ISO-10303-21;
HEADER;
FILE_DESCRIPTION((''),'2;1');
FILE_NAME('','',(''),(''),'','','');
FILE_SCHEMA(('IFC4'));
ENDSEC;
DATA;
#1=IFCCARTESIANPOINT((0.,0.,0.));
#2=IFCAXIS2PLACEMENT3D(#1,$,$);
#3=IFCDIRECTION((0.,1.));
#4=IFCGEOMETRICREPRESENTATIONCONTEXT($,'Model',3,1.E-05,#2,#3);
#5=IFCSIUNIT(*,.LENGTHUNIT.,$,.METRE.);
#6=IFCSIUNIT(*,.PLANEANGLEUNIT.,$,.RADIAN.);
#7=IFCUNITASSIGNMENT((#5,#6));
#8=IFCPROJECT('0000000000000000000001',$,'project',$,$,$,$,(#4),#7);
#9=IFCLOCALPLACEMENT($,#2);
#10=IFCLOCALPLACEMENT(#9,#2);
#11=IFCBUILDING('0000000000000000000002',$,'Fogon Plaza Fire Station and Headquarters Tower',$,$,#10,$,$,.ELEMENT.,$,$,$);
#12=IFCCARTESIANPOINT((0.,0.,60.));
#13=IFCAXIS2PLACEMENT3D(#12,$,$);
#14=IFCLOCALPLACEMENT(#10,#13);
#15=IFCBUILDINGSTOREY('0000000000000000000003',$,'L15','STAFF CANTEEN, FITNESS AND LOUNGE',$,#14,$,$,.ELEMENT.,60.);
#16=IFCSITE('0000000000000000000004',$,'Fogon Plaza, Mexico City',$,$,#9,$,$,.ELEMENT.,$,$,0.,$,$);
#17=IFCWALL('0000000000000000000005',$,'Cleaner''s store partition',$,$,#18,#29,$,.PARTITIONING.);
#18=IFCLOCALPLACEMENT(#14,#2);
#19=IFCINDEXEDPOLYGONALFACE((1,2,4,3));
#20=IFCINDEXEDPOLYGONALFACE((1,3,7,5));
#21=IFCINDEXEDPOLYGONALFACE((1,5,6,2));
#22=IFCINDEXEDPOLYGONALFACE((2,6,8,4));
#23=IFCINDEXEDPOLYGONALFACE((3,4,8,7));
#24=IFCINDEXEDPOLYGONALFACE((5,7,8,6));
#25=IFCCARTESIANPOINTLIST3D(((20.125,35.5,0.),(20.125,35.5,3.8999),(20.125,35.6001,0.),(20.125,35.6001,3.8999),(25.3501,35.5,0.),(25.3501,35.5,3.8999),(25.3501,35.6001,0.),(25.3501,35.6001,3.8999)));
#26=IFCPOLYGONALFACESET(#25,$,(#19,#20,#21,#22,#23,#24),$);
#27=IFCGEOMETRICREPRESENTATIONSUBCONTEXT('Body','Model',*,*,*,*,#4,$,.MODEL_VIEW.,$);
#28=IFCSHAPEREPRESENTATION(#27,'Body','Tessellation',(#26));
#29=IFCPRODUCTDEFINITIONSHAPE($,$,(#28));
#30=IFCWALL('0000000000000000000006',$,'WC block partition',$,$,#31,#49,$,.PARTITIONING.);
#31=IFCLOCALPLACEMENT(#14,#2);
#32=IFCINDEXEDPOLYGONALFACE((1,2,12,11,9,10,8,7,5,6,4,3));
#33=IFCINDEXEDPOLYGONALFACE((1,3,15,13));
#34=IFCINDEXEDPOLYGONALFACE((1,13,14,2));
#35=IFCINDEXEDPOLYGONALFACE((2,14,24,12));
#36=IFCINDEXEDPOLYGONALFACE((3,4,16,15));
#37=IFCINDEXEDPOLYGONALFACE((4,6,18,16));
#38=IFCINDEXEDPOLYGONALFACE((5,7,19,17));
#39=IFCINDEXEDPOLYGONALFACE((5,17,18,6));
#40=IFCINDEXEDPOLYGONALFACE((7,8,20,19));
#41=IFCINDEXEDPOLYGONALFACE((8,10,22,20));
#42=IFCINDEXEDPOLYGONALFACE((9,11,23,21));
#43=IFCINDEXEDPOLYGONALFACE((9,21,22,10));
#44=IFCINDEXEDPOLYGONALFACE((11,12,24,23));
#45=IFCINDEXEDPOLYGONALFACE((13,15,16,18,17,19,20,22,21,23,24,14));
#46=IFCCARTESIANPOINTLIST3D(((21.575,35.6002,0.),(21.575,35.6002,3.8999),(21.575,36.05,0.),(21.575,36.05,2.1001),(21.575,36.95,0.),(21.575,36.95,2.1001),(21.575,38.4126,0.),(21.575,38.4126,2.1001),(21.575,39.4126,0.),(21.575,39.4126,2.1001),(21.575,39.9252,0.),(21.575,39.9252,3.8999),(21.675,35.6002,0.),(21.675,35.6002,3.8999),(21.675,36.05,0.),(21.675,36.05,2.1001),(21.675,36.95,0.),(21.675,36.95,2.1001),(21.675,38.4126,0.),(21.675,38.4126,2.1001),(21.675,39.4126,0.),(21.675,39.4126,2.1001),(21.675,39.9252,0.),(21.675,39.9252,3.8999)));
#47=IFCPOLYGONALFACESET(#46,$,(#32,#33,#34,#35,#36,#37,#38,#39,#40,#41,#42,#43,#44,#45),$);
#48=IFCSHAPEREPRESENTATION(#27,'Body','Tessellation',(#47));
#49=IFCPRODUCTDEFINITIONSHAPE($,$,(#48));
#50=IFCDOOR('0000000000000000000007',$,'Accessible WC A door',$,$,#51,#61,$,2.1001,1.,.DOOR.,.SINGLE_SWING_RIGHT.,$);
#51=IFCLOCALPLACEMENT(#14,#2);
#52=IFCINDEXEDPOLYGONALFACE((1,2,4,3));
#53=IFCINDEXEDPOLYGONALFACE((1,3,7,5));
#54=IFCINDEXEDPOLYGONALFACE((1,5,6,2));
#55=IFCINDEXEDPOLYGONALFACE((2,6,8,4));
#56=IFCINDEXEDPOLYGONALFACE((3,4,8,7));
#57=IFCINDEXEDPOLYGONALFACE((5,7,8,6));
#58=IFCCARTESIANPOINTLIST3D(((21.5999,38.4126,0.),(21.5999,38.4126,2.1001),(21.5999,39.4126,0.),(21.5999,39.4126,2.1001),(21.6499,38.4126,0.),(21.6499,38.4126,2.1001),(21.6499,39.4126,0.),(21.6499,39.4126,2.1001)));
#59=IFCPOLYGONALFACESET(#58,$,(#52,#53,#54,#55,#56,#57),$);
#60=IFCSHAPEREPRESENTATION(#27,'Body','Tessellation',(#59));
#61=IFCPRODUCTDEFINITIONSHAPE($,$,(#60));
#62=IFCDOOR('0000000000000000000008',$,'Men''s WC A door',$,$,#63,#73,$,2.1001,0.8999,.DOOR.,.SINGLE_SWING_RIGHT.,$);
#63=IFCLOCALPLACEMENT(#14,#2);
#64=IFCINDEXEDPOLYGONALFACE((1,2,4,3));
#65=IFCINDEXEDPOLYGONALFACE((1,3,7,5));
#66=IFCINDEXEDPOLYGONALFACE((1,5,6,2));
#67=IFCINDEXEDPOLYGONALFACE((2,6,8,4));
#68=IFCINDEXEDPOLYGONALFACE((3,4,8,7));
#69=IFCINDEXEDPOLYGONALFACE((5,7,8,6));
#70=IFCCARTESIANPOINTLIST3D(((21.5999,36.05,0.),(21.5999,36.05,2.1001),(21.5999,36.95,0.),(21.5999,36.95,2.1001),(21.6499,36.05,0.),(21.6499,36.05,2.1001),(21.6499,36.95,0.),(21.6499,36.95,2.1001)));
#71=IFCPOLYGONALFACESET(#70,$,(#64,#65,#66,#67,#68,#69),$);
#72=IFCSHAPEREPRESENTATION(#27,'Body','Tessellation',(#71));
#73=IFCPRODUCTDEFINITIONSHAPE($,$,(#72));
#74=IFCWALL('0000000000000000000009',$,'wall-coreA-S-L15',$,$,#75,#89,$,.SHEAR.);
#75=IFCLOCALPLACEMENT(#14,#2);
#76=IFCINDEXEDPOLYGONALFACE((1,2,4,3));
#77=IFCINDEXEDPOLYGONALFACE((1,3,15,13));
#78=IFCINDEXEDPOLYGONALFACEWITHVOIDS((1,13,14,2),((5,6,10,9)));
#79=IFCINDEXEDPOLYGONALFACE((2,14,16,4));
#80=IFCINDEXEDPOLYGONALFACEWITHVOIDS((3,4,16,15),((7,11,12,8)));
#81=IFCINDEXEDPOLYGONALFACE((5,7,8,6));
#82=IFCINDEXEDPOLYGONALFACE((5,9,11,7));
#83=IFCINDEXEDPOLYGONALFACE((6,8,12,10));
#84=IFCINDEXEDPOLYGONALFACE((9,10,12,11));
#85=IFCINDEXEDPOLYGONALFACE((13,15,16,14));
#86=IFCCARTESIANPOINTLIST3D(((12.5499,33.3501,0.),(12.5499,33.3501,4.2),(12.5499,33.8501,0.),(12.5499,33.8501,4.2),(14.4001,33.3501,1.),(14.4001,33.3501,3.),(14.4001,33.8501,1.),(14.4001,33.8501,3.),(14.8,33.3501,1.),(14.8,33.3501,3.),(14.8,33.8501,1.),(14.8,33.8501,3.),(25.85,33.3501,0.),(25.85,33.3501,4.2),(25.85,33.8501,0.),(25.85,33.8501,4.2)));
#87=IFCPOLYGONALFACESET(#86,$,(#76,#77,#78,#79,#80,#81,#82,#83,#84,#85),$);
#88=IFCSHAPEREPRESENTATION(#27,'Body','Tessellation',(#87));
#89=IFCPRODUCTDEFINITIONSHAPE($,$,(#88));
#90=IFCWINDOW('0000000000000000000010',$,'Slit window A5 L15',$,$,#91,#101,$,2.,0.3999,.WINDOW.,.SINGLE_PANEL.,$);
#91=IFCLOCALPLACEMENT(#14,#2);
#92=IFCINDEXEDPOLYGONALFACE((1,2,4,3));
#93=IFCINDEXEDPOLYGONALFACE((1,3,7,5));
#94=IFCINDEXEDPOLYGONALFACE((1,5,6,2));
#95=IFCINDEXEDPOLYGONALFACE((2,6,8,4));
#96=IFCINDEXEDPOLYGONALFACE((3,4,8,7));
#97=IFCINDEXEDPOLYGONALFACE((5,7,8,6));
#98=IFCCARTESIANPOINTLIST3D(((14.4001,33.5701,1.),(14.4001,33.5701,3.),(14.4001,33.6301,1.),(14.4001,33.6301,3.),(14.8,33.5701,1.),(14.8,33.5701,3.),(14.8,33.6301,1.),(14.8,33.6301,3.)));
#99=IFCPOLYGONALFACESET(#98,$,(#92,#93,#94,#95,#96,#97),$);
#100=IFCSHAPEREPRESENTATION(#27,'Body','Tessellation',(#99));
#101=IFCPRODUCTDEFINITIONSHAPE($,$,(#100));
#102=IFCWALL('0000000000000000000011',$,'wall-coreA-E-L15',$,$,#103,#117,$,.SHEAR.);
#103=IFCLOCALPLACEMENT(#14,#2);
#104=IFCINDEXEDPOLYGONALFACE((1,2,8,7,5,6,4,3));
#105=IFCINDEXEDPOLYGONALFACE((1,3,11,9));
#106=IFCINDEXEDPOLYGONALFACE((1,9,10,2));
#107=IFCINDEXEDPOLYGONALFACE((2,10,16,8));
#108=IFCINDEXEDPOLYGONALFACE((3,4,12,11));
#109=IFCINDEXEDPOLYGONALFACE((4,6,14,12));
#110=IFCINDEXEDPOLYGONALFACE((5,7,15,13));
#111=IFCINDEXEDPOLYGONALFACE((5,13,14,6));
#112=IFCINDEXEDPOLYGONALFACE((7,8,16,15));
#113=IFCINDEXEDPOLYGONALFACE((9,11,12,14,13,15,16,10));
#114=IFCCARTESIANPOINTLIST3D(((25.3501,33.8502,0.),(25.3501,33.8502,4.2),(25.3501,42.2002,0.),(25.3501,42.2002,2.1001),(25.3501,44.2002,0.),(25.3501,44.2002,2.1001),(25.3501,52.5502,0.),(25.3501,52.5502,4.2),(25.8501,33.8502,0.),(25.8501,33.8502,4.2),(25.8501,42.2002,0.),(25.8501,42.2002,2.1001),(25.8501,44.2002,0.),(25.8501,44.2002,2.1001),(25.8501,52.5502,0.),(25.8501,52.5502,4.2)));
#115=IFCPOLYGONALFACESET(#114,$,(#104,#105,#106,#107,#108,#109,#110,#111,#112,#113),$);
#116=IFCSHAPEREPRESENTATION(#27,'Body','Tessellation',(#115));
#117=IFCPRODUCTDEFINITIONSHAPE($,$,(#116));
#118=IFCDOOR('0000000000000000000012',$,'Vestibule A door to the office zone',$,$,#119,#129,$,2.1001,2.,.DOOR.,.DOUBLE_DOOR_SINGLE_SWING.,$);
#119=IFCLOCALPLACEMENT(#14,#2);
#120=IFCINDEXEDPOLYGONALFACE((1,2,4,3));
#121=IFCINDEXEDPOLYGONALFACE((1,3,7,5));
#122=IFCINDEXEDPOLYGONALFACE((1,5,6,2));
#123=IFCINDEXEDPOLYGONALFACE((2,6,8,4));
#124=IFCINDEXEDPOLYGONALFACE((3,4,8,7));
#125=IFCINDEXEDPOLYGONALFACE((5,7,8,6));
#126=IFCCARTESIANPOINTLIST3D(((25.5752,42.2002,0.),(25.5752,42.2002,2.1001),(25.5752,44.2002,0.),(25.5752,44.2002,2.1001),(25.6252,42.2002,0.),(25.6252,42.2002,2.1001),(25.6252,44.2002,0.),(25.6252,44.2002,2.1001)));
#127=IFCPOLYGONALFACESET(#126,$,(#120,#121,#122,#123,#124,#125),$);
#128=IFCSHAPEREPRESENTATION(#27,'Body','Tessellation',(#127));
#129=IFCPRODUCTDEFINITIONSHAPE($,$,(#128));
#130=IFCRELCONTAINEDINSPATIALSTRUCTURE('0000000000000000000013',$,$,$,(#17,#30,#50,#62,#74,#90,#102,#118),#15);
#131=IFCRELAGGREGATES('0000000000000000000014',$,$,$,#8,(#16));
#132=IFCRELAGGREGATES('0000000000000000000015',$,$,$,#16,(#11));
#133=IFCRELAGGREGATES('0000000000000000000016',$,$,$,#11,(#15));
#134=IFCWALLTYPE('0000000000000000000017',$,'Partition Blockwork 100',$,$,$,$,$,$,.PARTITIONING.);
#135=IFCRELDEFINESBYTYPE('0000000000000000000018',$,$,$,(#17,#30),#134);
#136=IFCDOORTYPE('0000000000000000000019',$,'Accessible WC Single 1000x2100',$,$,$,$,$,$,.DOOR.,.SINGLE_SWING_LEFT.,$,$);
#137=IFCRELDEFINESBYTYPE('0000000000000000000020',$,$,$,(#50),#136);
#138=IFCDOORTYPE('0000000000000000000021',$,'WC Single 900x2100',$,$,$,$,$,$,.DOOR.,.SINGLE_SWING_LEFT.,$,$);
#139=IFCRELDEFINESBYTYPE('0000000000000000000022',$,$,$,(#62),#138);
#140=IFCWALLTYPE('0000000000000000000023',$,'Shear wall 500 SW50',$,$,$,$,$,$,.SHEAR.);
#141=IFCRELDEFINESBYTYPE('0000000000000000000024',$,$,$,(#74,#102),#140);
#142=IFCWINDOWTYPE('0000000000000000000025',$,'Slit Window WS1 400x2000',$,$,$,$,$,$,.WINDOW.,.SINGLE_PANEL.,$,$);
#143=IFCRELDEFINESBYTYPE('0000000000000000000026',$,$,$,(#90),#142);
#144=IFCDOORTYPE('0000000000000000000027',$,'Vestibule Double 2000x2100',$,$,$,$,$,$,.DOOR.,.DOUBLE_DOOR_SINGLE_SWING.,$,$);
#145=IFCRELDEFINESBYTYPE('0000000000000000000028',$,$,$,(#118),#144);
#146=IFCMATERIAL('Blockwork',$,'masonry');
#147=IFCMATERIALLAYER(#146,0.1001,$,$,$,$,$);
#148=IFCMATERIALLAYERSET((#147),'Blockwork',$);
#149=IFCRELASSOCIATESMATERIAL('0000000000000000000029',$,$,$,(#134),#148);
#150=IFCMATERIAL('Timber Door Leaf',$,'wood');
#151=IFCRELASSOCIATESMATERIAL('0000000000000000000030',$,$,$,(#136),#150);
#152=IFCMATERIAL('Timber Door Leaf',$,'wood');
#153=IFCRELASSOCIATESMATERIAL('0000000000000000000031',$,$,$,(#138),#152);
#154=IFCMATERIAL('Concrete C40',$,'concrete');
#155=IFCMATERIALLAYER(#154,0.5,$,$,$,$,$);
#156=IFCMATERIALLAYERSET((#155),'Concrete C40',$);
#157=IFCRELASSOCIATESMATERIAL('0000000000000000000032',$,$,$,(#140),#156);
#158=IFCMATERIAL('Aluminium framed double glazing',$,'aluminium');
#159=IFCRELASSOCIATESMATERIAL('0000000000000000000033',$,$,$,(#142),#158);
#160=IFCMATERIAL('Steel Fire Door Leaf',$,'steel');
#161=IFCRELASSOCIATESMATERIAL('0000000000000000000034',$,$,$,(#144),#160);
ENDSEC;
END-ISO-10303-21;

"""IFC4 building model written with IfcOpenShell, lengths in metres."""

from ifc_helpers import new_model, si_unit, direction, frame, frame_2d, origin, place, context, subcontext, project, spatial, rectangle, extrude, material, layer, layer_set, type_object, element, fill, save


model = new_model("IFC4")

# Units and contexts
model_context = context("Model", 3, precision=1e-05, world=origin(), true_north=direction((0.0, 1.0)))
body_context = subcontext(model_context, "Body", "Model", "MODEL_VIEW")
ifc_project = project(units=[si_unit("LENGTHUNIT", "METRE"), si_unit("PLANEANGLEUNIT", "RADIAN")], contexts=[model_context])

# Site, building, storey
site_placement = place(None, origin())
site = spatial("IfcSite", under=ifc_project, at=site_placement, Name="Fogon Plaza, Mexico City", CompositionType="ELEMENT", RefElevation=0.0)
building_placement = place(site_placement, origin())
building = spatial("IfcBuilding", under=site, at=building_placement, Name="Fogon Plaza Fire Station and Headquarters Tower", CompositionType="ELEMENT")
storey_placement = place(building_placement, frame((0.0, 0.0, 60.0)))
storey = spatial("IfcBuildingStorey", under=building, at=storey_placement, Name="L15", Description="STAFF CANTEEN, FITNESS AND LOUNGE", CompositionType="ELEMENT", Elevation=60.0)

# Wall
ifc_material_1 = material(Name="Blockwork", Category="masonry")
ifc_layer_1 = layer(ifc_material_1, 0.1001)
ifc_layer_set_1 = layer_set([ifc_layer_1], Name="Blockwork")
wall_type_1 = type_object("IfcWallType", Name="Partition Blockwork 100", PredefinedType="PARTITIONING", material=ifc_layer_set_1)
wall_1_placement = place(storey_placement, frame((20.125, 35.55, 0.0), z_axis=(0.0, 0.0, 1.0), x_axis=(1.0, 0.0, 0.0)))
element("IfcWall", 1, at=wall_1_placement, inside=storey, type_object=wall_type_1, Name="Cleaner's store partition", PredefinedType="PARTITIONING", context=body_context, shape_type="SweptSolid", body=[
    extrude(rectangle(XDim=5.2251, YDim=0.1001, at=frame_2d((2.6125, 0.0))), origin(), (0.0, 0.0, 1.0), 3.8999),
])

# Wall, openings, doors
wall_2_placement = place(storey_placement, frame((21.625, 35.6001, 0.0), z_axis=(0.0, 0.0, 1.0), x_axis=(0.0, 1.0, 0.0)))
wall_2 = element("IfcWall", 2, at=wall_2_placement, inside=storey, type_object=wall_type_1, Name="WC block partition", PredefinedType="PARTITIONING", context=body_context, shape_type="SweptSolid", body=[
    extrude(rectangle(XDim=4.325, YDim=0.1001, at=frame_2d((2.1626, 0.0))), origin(), (0.0, 0.0, 1.0), 3.8999),
])
opening_1_placement = place(wall_2_placement, frame((0.45, 0.0, 0.0)))
opening_1 = element("IfcOpeningElement", 3, at=opening_1_placement, cuts=wall_2, PredefinedType="OPENING", context=body_context, shape_type="SweptSolid", body=[
    extrude(rectangle(XDim=0.8999, YDim=2.1001, at=frame_2d((0.45, 1.05))), frame((0.0, 0.0601, 0.0), z_axis=(0.0, -1.0, 0.0), x_axis=(1.0, 0.0, 0.0)), (0.0, 0.0, 1.0), 0.1201),
])
opening_2_placement = place(wall_2_placement, frame((2.8125, 0.0, 0.0)))
opening_2 = element("IfcOpeningElement", 4, at=opening_2_placement, cuts=wall_2, PredefinedType="OPENING", context=body_context, shape_type="SweptSolid", body=[
    extrude(rectangle(XDim=1.0, YDim=2.1001, at=frame_2d((0.5, 1.05))), frame((0.0, 0.0601, 0.0), z_axis=(0.0, -1.0, 0.0), x_axis=(1.0, 0.0, 0.0)), (0.0, 0.0, 1.0), 0.1201),
])
ifc_material_2 = material(Name="Timber Door Leaf", Category="wood")
door_type_1 = type_object("IfcDoorType", Name="Accessible WC Single 1000x2100", OperationType="SINGLE_SWING_LEFT", PredefinedType="DOOR", material=ifc_material_2)
door_1_placement = place(opening_2_placement, frame((1.0, 0.0, 0.0), z_axis=(0.0, 0.0, 1.0), x_axis=(-1.0, 0.0, 0.0)))
door_1 = element("IfcDoor", 5, at=door_1_placement, inside=storey, type_object=door_type_1, Name="Accessible WC A door", OperationType="SINGLE_SWING_RIGHT", OverallHeight=2.1001, OverallWidth=1.0, PredefinedType="DOOR", context=body_context, shape_type="SweptSolid", body=[
    extrude(rectangle(XDim=1.0, YDim=2.1001, at=frame_2d((0.5, 1.05))), frame((0.0, 0.0249, 0.0), z_axis=(0.0, -1.0, 0.0), x_axis=(1.0, 0.0, 0.0)), (0.0, 0.0, 1.0), 0.05),
])
fill(opening_2, door_1)
ifc_material_3 = material(Name="Timber Door Leaf", Category="wood")
door_type_2 = type_object("IfcDoorType", Name="WC Single 900x2100", OperationType="SINGLE_SWING_LEFT", PredefinedType="DOOR", material=ifc_material_3)
door_2_placement = place(opening_1_placement, frame((0.8999, 0.0, 0.0), z_axis=(0.0, 0.0, 1.0), x_axis=(-1.0, 0.0, 0.0)))
door_2 = element("IfcDoor", 6, at=door_2_placement, inside=storey, type_object=door_type_2, Name="Men's WC A door", OperationType="SINGLE_SWING_RIGHT", OverallHeight=2.1001, OverallWidth=0.8999, PredefinedType="DOOR", context=body_context, shape_type="SweptSolid", body=[
    extrude(rectangle(XDim=0.8999, YDim=2.1001, at=frame_2d((0.45, 1.05))), frame((0.0, 0.0249, 0.0), z_axis=(0.0, -1.0, 0.0), x_axis=(1.0, 0.0, 0.0)), (0.0, 0.0, 1.0), 0.05),
])
fill(opening_1, door_2)

# Wall, opening, window
ifc_material_4 = material(Name="Concrete C40", Category="concrete")
ifc_layer_2 = layer(ifc_material_4, 0.5)
ifc_layer_set_2 = layer_set([ifc_layer_2], Name="Concrete C40")
wall_type_2 = type_object("IfcWallType", Name="Shear wall 500 SW50", PredefinedType="SHEAR", material=ifc_layer_set_2)
wall_3_placement = place(storey_placement, frame((12.55, 33.6001, 0.0), z_axis=(0.0, 0.0, 1.0), x_axis=(1.0, 0.0, 0.0)))
wall_3 = element("IfcWall", 7, at=wall_3_placement, inside=storey, type_object=wall_type_2, Name="wall-coreA-S-L15", PredefinedType="SHEAR", context=body_context, shape_type="SweptSolid", body=[
    extrude(rectangle(XDim=13.3, YDim=0.5, at=frame_2d((6.6499, 0.0))), origin(), (0.0, 0.0, 1.0), 4.2),
])
opening_3_placement = place(wall_3_placement, frame((1.8501, 0.0, 1.0)))
opening_3 = element("IfcOpeningElement", 8, at=opening_3_placement, cuts=wall_3, PredefinedType="OPENING", context=body_context, shape_type="SweptSolid", body=[
    extrude(rectangle(XDim=0.3999, YDim=2.0, at=frame_2d((0.2, 1.0))), frame((0.0, 0.26, 0.0), z_axis=(0.0, -1.0, 0.0), x_axis=(1.0, 0.0, 0.0)), (0.0, 0.0, 1.0), 0.52),
])
ifc_material_5 = material(Name="Aluminium framed double glazing", Category="aluminium")
window_type = type_object("IfcWindowType", Name="Slit Window WS1 400x2000", PartitioningType="SINGLE_PANEL", PredefinedType="WINDOW", material=ifc_material_5)
window_1_placement = place(opening_3_placement, origin())
window_1 = element("IfcWindow", 9, at=window_1_placement, inside=storey, type_object=window_type, Name="Slit window A5 L15", OverallHeight=2.0, OverallWidth=0.3999, PartitioningType="SINGLE_PANEL", PredefinedType="WINDOW", context=body_context, shape_type="SweptSolid", body=[
    extrude(rectangle(XDim=0.3999, YDim=2.0, at=frame_2d((0.2, 1.0))), frame((0.0, 0.03, 0.0), z_axis=(0.0, -1.0, 0.0), x_axis=(1.0, 0.0, 0.0)), (0.0, 0.0, 1.0), 0.0601),
])
fill(opening_3, window_1)

# Wall, opening, door
wall_4_placement = place(storey_placement, frame((25.6001, 33.8501, 0.0), z_axis=(0.0, 0.0, 1.0), x_axis=(0.0, 1.0, 0.0)))
wall_4 = element("IfcWall", 10, at=wall_4_placement, inside=storey, type_object=wall_type_2, Name="wall-coreA-E-L15", PredefinedType="SHEAR", context=body_context, shape_type="SweptSolid", body=[
    extrude(rectangle(XDim=18.7, YDim=0.5, at=frame_2d((9.3501, 0.0))), origin(), (0.0, 0.0, 1.0), 4.2),
])
opening_4_placement = place(wall_4_placement, frame((8.3501, 0.0, 0.0)))
opening_4 = element("IfcOpeningElement", 11, at=opening_4_placement, cuts=wall_4, PredefinedType="OPENING", context=body_context, shape_type="SweptSolid", body=[
    extrude(rectangle(XDim=2.0, YDim=2.1001, at=frame_2d((1.0, 1.05))), frame((0.0, 0.26, 0.0), z_axis=(0.0, -1.0, 0.0), x_axis=(1.0, 0.0, 0.0)), (0.0, 0.0, 1.0), 0.52),
])
ifc_material_6 = material(Name="Steel Fire Door Leaf", Category="steel")
door_type_3 = type_object("IfcDoorType", Name="Vestibule Double 2000x2100", OperationType="DOUBLE_DOOR_SINGLE_SWING", PredefinedType="DOOR", material=ifc_material_6)
door_3_placement = place(opening_4_placement, origin())
door_3 = element("IfcDoor", 12, at=door_3_placement, inside=storey, type_object=door_type_3, Name="Vestibule A door to the office zone", OperationType="DOUBLE_DOOR_SINGLE_SWING", OverallHeight=2.1001, OverallWidth=2.0, PredefinedType="DOOR", context=body_context, shape_type="SweptSolid", body=[
    extrude(rectangle(XDim=2.0, YDim=2.1001, at=frame_2d((1.0, 1.05))), frame((0.0, 0.0249, 0.0), z_axis=(0.0, -1.0, 0.0), x_axis=(1.0, 0.0, 0.0)), (0.0, 0.0, 1.0), 0.05),
])
fill(opening_4, door_3)

save(model, "model.ifc")
